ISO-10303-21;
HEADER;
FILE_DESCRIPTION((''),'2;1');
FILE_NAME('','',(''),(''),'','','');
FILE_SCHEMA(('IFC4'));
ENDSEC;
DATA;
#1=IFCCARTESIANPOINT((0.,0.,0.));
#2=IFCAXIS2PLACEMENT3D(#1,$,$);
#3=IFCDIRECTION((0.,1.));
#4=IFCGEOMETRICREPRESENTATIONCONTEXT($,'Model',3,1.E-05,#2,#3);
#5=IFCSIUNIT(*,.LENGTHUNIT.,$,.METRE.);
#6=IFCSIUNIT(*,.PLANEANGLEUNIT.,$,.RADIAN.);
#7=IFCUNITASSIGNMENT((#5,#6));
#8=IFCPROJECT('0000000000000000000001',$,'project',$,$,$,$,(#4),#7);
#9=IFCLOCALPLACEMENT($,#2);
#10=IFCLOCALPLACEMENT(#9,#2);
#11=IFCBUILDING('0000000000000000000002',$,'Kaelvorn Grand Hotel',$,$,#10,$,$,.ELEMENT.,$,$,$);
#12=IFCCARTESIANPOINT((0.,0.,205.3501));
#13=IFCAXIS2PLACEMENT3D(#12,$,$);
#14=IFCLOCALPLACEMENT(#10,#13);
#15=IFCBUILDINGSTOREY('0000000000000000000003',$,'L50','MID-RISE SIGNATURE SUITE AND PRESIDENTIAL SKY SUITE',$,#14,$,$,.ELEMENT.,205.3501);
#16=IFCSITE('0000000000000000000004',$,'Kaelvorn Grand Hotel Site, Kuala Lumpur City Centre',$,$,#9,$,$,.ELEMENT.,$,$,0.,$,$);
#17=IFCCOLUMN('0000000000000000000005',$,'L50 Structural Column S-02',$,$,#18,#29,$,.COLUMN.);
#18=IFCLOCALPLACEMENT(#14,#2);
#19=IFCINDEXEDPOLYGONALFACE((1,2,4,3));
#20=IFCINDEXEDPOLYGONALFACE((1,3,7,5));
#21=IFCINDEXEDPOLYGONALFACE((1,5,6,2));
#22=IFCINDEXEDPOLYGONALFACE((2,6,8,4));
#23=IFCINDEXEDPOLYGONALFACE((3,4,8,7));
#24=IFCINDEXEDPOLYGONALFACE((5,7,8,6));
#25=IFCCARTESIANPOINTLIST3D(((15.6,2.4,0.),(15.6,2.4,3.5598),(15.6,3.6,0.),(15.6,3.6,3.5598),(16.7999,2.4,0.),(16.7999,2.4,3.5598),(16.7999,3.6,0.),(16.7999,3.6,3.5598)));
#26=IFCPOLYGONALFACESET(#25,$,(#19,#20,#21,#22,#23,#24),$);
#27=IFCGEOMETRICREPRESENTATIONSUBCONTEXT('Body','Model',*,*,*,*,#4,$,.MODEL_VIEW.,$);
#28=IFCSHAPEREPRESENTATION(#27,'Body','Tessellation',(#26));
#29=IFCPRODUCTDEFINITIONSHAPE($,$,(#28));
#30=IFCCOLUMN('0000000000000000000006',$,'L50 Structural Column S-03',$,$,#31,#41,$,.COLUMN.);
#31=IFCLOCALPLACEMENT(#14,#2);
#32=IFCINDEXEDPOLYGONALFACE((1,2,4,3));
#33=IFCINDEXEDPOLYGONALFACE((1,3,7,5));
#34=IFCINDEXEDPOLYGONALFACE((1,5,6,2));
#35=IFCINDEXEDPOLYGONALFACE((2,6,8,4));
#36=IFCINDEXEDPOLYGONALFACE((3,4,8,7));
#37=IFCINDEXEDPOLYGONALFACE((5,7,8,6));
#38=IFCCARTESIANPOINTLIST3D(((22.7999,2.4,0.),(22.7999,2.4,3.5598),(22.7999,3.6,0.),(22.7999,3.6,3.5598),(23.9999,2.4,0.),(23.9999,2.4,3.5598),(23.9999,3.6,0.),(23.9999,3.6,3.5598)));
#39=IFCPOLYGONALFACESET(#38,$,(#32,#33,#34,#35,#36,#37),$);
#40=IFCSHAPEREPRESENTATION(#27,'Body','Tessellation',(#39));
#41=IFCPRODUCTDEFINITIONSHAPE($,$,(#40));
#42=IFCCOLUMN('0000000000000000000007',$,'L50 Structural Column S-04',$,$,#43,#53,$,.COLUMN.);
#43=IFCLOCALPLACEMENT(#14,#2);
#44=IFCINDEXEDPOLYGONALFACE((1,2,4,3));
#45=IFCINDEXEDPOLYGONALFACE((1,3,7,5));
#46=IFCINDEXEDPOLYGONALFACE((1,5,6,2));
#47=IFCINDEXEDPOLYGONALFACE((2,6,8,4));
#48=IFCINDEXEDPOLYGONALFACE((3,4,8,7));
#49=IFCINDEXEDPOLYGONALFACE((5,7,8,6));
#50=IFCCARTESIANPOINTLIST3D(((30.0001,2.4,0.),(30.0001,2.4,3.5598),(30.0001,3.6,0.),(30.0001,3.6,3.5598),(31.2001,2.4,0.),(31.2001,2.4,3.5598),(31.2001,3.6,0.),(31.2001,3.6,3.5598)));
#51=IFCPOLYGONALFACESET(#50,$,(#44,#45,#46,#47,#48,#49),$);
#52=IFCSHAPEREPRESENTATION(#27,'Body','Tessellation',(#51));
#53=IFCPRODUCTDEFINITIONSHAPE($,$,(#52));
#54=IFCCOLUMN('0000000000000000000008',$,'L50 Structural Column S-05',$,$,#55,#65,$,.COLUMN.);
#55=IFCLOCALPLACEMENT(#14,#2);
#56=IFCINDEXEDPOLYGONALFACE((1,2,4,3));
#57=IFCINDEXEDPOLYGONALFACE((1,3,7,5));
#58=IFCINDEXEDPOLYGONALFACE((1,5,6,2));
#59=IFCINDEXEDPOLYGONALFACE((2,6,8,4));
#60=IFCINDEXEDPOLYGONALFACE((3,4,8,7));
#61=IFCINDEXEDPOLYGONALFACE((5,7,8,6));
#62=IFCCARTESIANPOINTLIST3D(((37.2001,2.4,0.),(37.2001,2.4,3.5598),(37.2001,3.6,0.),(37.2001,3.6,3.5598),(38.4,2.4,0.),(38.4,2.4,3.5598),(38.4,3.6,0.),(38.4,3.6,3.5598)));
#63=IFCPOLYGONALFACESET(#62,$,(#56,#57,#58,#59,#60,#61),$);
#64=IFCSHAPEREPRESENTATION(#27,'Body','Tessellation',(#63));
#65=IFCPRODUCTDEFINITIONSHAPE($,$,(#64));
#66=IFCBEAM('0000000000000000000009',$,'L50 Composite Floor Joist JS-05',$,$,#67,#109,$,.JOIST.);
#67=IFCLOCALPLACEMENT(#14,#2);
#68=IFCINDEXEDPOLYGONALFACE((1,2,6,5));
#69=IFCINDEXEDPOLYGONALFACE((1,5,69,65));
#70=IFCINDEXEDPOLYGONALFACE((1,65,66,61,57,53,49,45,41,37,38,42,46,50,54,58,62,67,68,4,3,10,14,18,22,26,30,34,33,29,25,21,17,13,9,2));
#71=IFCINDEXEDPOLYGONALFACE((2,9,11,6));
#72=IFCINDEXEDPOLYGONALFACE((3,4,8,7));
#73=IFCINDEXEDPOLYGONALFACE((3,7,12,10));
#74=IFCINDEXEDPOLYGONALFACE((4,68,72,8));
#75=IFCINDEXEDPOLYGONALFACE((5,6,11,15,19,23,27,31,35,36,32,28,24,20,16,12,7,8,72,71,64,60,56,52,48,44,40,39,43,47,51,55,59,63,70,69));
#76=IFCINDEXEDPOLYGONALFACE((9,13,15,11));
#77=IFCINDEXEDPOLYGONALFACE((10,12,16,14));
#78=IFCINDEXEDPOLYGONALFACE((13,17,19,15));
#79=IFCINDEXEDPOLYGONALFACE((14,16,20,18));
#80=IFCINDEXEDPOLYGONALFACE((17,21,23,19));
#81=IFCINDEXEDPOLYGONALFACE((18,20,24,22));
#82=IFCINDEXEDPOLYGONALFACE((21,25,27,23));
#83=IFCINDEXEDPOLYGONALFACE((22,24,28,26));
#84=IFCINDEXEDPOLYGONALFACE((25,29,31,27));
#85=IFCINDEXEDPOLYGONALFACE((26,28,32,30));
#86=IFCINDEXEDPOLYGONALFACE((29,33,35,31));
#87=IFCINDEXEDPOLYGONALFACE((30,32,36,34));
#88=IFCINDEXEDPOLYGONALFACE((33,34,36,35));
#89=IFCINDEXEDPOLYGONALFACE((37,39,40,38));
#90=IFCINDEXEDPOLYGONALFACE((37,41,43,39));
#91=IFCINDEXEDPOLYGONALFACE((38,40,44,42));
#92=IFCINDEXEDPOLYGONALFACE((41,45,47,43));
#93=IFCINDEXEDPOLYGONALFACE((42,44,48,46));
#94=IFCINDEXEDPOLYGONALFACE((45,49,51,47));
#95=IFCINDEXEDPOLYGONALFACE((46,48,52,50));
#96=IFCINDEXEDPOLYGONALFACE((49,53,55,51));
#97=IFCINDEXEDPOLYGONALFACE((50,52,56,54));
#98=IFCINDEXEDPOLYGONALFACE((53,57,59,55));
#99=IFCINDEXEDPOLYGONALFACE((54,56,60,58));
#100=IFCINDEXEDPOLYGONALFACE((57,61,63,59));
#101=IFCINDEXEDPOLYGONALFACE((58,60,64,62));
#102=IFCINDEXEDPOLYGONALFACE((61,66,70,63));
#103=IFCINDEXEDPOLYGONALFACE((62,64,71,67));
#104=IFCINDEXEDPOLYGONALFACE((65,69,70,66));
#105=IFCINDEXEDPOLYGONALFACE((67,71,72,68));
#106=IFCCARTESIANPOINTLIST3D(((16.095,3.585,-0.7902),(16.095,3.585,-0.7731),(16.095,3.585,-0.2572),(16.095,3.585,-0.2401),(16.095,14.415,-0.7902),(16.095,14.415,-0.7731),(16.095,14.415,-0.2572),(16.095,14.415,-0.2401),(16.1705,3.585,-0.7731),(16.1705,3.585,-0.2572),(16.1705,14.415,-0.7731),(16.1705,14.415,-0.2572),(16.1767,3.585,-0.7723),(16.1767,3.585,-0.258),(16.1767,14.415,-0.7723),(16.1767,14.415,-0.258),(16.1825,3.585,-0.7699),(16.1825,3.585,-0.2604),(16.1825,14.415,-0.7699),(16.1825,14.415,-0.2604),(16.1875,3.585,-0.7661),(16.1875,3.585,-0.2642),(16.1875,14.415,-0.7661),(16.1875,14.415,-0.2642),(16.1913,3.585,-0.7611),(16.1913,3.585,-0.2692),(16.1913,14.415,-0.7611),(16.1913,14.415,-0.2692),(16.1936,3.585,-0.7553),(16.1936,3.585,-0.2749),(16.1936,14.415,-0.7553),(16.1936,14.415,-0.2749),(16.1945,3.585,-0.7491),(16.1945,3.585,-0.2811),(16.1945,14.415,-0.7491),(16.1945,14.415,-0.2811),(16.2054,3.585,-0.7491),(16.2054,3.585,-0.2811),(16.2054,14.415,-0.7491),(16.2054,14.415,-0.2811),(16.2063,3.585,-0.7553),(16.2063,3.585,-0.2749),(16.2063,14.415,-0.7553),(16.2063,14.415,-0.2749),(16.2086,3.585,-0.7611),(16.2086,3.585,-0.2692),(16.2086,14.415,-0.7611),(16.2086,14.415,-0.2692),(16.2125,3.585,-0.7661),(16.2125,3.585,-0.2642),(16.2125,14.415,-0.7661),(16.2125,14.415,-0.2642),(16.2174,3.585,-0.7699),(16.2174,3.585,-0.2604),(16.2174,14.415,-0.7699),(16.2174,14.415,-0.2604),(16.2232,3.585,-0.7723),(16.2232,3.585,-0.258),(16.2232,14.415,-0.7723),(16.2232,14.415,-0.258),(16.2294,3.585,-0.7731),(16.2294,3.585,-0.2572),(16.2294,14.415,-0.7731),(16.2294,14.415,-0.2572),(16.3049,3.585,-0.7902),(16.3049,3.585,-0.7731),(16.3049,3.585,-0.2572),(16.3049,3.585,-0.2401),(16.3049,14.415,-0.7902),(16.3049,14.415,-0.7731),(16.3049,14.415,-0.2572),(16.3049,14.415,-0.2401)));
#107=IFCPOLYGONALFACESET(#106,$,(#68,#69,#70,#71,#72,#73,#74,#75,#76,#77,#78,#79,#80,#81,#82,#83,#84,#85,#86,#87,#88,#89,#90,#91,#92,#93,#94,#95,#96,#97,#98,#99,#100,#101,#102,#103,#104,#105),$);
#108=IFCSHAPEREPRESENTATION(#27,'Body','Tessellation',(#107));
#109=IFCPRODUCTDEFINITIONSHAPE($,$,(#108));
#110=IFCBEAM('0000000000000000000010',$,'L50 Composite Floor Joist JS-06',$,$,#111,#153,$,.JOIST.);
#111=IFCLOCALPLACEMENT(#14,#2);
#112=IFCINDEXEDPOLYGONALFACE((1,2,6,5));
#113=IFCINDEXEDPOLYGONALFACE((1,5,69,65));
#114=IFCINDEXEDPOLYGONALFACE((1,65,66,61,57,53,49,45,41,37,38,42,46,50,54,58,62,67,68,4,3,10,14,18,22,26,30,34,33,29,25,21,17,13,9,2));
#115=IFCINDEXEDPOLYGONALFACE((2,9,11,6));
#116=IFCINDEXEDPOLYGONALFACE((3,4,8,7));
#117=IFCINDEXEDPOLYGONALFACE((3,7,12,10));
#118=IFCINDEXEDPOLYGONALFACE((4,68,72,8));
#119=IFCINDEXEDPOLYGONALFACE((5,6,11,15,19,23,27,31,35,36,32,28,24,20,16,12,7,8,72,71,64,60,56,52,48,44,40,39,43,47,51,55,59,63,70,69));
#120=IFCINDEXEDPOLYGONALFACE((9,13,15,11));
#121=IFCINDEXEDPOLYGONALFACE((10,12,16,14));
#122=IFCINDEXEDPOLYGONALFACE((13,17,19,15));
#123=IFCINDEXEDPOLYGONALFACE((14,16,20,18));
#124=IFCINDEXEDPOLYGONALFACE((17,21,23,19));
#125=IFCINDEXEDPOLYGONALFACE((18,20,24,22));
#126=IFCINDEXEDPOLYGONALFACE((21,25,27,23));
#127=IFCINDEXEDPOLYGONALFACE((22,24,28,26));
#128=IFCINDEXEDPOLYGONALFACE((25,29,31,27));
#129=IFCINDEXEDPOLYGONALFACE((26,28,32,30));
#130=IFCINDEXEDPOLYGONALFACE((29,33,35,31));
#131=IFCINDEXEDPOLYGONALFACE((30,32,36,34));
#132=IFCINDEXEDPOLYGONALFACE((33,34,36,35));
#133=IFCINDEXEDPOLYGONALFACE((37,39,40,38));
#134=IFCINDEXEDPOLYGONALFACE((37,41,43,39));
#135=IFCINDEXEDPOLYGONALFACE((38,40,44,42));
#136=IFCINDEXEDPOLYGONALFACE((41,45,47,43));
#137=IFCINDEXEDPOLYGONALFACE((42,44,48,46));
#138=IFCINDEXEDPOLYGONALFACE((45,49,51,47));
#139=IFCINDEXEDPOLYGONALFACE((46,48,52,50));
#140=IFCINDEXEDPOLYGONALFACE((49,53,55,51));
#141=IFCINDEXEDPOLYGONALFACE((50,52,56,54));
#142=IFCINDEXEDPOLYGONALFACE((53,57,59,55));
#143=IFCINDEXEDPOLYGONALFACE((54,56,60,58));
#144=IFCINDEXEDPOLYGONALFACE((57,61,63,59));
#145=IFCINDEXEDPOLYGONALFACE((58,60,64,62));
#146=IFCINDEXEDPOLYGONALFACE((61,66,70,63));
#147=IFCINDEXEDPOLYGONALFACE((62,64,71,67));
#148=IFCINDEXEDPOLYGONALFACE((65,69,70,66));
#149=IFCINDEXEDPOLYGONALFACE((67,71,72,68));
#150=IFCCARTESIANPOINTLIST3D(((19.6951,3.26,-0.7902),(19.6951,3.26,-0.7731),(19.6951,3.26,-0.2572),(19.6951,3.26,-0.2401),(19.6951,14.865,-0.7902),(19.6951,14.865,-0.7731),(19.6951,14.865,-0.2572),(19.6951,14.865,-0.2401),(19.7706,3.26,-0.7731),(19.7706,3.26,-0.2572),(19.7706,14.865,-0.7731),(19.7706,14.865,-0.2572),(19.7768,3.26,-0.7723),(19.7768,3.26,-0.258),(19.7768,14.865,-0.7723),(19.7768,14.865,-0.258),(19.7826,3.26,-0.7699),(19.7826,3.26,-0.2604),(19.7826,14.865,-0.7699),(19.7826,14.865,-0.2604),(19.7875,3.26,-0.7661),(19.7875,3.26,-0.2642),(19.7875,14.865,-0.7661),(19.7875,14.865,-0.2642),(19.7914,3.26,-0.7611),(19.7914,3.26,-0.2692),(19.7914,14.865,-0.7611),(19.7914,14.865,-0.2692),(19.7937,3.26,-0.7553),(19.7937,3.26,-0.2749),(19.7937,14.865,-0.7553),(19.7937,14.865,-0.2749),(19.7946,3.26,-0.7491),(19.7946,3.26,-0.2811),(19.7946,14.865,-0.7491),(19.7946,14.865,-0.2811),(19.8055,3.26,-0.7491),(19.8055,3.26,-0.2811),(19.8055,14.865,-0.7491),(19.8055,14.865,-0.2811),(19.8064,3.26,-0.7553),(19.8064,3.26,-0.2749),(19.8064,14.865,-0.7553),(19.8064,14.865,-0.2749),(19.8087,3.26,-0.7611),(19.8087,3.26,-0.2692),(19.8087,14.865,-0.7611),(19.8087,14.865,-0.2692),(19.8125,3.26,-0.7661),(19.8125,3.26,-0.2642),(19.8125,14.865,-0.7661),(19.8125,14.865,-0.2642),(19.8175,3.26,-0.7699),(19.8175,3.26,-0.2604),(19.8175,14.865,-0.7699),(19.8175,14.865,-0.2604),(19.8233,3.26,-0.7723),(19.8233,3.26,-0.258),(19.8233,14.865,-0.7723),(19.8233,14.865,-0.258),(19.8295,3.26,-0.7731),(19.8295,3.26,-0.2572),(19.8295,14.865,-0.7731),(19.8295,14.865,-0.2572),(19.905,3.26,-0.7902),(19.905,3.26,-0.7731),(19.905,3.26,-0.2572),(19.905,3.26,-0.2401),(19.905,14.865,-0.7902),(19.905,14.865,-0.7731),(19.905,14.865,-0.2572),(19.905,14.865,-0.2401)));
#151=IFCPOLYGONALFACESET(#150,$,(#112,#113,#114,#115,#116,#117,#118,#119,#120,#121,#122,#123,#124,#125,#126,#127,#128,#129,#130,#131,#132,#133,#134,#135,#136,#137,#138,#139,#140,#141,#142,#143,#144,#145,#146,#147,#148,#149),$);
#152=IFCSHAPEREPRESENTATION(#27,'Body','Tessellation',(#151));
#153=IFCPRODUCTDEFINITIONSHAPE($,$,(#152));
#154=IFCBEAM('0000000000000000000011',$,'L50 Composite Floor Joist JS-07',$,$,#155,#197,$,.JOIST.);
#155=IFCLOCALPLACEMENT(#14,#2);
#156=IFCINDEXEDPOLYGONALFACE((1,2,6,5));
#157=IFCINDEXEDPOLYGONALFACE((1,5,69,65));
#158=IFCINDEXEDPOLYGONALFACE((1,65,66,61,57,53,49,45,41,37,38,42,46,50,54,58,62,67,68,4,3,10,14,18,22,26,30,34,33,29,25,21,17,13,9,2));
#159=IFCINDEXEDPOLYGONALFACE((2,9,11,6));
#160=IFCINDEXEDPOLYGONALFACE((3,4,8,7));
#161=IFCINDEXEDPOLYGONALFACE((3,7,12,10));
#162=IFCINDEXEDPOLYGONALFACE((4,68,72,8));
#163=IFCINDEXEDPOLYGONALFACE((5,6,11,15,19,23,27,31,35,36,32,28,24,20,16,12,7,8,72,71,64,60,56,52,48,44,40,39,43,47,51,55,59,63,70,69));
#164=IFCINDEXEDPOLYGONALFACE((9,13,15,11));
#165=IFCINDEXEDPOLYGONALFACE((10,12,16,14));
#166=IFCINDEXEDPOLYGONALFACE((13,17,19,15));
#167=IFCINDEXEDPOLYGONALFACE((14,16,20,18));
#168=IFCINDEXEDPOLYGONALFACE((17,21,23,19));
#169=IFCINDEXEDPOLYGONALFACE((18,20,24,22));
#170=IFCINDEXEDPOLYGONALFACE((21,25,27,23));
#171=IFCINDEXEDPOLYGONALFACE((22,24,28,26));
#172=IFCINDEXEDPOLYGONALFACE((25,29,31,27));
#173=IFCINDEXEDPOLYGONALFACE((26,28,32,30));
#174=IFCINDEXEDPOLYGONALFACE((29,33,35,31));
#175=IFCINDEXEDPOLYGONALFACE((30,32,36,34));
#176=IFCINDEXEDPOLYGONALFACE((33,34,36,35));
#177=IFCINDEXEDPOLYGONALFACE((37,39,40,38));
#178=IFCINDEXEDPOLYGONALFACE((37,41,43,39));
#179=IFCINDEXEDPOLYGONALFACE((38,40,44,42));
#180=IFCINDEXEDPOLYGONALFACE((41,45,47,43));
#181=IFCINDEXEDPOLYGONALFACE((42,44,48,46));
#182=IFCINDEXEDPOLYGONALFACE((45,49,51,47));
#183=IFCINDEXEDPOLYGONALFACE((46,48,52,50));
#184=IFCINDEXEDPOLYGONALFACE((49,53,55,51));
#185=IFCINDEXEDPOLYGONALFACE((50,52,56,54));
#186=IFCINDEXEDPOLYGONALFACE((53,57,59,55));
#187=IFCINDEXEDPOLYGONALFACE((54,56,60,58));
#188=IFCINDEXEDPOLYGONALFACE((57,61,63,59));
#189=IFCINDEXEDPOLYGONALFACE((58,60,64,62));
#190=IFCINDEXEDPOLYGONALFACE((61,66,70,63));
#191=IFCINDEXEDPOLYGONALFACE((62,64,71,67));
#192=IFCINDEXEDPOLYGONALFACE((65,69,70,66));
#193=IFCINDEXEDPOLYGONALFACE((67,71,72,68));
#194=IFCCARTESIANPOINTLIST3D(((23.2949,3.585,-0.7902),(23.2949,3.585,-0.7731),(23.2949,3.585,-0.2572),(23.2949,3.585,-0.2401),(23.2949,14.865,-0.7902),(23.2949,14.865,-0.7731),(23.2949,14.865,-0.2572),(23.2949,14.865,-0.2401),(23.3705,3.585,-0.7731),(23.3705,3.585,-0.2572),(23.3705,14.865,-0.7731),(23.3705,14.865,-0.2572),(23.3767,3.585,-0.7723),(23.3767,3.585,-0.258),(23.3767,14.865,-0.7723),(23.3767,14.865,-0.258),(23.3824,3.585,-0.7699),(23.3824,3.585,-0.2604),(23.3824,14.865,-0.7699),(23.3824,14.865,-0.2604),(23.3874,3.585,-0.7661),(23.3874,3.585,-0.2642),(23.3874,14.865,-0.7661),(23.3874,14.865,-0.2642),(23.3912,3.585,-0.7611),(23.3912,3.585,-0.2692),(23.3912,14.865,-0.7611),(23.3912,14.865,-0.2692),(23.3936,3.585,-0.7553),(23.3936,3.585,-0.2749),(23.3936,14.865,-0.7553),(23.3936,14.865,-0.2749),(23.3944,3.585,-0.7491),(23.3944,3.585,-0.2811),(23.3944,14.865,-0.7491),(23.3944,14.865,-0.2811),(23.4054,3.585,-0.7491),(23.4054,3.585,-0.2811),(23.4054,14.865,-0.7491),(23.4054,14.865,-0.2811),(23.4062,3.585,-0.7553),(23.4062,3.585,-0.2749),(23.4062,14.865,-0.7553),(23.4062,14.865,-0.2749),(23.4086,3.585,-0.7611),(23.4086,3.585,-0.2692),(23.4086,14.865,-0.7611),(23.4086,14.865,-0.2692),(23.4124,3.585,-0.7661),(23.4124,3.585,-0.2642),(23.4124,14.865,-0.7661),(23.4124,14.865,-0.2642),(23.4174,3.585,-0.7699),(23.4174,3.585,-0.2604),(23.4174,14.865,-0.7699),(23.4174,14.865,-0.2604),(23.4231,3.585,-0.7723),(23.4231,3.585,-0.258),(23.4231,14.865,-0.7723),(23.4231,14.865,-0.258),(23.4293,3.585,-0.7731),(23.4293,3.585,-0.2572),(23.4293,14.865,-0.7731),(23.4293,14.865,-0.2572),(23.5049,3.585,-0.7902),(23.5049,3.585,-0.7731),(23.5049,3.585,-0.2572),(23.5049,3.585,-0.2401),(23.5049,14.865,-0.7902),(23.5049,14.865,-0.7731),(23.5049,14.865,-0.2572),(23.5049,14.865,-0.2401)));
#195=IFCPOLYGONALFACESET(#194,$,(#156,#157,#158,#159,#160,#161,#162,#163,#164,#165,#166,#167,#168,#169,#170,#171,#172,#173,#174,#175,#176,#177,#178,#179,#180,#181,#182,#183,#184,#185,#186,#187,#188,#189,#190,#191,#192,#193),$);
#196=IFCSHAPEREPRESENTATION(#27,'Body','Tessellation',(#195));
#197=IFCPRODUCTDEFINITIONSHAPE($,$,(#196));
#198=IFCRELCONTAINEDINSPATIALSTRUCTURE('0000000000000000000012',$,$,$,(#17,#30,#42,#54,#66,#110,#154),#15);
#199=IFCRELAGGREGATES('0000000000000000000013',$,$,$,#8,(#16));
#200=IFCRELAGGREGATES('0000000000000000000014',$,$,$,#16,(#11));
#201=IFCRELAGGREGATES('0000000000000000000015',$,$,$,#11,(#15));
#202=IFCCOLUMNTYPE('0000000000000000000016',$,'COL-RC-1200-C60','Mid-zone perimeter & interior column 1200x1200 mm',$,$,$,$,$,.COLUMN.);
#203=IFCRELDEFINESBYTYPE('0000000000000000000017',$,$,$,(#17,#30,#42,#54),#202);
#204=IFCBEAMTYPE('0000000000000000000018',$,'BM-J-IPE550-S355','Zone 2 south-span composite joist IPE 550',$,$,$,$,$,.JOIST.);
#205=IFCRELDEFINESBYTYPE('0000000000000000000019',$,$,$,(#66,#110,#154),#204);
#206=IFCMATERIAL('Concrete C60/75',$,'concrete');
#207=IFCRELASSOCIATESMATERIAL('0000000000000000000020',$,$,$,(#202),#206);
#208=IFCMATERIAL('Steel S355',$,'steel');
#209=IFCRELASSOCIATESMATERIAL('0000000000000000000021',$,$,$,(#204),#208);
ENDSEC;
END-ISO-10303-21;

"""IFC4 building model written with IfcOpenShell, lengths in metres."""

from ifc_helpers import new_model, si_unit, direction, frame, origin, origin_2d, place, context, subcontext, project, spatial, rectangle, i_section, extrude, material, material_profile, profile_set, type_object, element, save


model = new_model("IFC4")

# Units and contexts
model_context = context("Model", 3, precision=1e-05, world=origin(), true_north=direction((0.0, 1.0)))
body_context = subcontext(model_context, "Body", "Model", "MODEL_VIEW")
ifc_project = project(units=[si_unit("LENGTHUNIT", "METRE"), si_unit("PLANEANGLEUNIT", "RADIAN")], contexts=[model_context])

# Site, building, storey
site_placement = place(None, origin())
site = spatial("IfcSite", under=ifc_project, at=site_placement, Name="Kaelvorn Grand Hotel Site, Kuala Lumpur City Centre", CompositionType="ELEMENT", RefElevation=0.0)
building_placement = place(site_placement, origin())
building = spatial("IfcBuilding", under=site, at=building_placement, Name="Kaelvorn Grand Hotel", CompositionType="ELEMENT")
storey_placement = place(building_placement, frame((0.0, 0.0, 205.3501)))
storey = spatial("IfcBuildingStorey", under=building, at=storey_placement, Name="L50", Description="MID-RISE SIGNATURE SUITE AND PRESIDENTIAL SKY SUITE", CompositionType="ELEMENT", Elevation=205.3501)

# Columns
ifc_material_1 = material(Name="Concrete C60/75", Category="concrete")
ifc_material_profile_1 = material_profile(ifc_material_1, rectangle(XDim=1.2, YDim=1.2, at=origin_2d()), Name="RC COL 1200x1200")
ifc_profile_set_1 = profile_set([ifc_material_profile_1], Name="Concrete C60/75")
column_type = type_object("IfcColumnType", Name="COL-RC-1200-C60", Description="Mid-zone perimeter & interior column 1200x1200 mm", PredefinedType="COLUMN", material=ifc_profile_set_1)
for number, where, z_axis, x_axis, name in (
    (1, (16.2, 3.0, 0.0), (0.0, 0.0, 1.0), (1.0, 0.0, 0.0), "L50 Structural Column S-02"),
    (2, (23.3999, 3.0, 0.0), (0.0, 0.0, 1.0), (1.0, 0.0, 0.0), "L50 Structural Column S-03"),
    (3, (30.6001, 3.0, 0.0), (0.0, 0.0, 1.0), (1.0, 0.0, 0.0), "L50 Structural Column S-04"),
    (4, (37.8, 3.0, 0.0), (0.0, 0.0, 1.0), (1.0, 0.0, 0.0), "L50 Structural Column S-05"),
):
    element("IfcColumn", number, at=place(storey_placement, frame(where, z_axis=z_axis, x_axis=x_axis)), inside=storey, type_object=column_type, Name=name, PredefinedType="COLUMN", context=body_context, shape_type="SweptSolid", body=[
        extrude(rectangle(XDim=1.2, YDim=1.2, at=origin_2d()), origin(), (0.0, 0.0, 1.0), 3.5598),
    ])

# Beams
ifc_material_2 = material(Name="Steel S355", Category="steel")
ifc_material_profile_2 = material_profile(ifc_material_2, i_section(OverallWidth=0.21, OverallDepth=0.55, WebThickness=0.011, FlangeThickness=0.0171, FilletRadius=0.0239, at=origin_2d()), Name="IPE 550")
ifc_profile_set_2 = profile_set([ifc_material_profile_2], Name="Steel S355")
beam_type_1 = type_object("IfcBeamType", Name="BM-J-IPE550-S355", Description="Zone 2 south-span composite joist IPE 550", PredefinedType="JOIST", material=ifc_profile_set_2)
beam_1_placement = place(storey_placement, frame((16.2, 3.585, -0.5151), z_axis=(0.0, 1.0, 0.0), x_axis=(-1.0, 0.0, 0.0)))
element("IfcBeam", 5, at=beam_1_placement, inside=storey, type_object=beam_type_1, Name="L50 Composite Floor Joist JS-05", PredefinedType="JOIST", context=body_context, shape_type="SweptSolid", body=[
    extrude(i_section(OverallWidth=0.21, OverallDepth=0.55, WebThickness=0.011, FlangeThickness=0.0171, FilletRadius=0.0239, at=origin_2d()), origin(), (0.0, 0.0, 1.0), 10.8301),
])
beam_2_placement = place(storey_placement, frame((19.8, 3.26, -0.5151), z_axis=(0.0, 1.0, 0.0), x_axis=(-1.0, 0.0, 0.0)))
element("IfcBeam", 6, at=beam_2_placement, inside=storey, type_object=beam_type_1, Name="L50 Composite Floor Joist JS-06", PredefinedType="JOIST", context=body_context, shape_type="SweptSolid", body=[
    extrude(i_section(OverallWidth=0.21, OverallDepth=0.55, WebThickness=0.011, FlangeThickness=0.0171, FilletRadius=0.0239, at=origin_2d()), origin(), (0.0, 0.0, 1.0), 11.605),
])
beam_3_placement = place(storey_placement, frame((23.3999, 3.585, -0.5151), z_axis=(0.0, 1.0, 0.0), x_axis=(-1.0, 0.0, 0.0)))
element("IfcBeam", 7, at=beam_3_placement, inside=storey, type_object=beam_type_1, Name="L50 Composite Floor Joist JS-07", PredefinedType="JOIST", context=body_context, shape_type="SweptSolid", body=[
    extrude(i_section(OverallWidth=0.21, OverallDepth=0.55, WebThickness=0.011, FlangeThickness=0.0171, FilletRadius=0.0239, at=origin_2d()), origin(), (0.0, 0.0, 1.0), 11.28),
])

save(model, "model.ifc")
